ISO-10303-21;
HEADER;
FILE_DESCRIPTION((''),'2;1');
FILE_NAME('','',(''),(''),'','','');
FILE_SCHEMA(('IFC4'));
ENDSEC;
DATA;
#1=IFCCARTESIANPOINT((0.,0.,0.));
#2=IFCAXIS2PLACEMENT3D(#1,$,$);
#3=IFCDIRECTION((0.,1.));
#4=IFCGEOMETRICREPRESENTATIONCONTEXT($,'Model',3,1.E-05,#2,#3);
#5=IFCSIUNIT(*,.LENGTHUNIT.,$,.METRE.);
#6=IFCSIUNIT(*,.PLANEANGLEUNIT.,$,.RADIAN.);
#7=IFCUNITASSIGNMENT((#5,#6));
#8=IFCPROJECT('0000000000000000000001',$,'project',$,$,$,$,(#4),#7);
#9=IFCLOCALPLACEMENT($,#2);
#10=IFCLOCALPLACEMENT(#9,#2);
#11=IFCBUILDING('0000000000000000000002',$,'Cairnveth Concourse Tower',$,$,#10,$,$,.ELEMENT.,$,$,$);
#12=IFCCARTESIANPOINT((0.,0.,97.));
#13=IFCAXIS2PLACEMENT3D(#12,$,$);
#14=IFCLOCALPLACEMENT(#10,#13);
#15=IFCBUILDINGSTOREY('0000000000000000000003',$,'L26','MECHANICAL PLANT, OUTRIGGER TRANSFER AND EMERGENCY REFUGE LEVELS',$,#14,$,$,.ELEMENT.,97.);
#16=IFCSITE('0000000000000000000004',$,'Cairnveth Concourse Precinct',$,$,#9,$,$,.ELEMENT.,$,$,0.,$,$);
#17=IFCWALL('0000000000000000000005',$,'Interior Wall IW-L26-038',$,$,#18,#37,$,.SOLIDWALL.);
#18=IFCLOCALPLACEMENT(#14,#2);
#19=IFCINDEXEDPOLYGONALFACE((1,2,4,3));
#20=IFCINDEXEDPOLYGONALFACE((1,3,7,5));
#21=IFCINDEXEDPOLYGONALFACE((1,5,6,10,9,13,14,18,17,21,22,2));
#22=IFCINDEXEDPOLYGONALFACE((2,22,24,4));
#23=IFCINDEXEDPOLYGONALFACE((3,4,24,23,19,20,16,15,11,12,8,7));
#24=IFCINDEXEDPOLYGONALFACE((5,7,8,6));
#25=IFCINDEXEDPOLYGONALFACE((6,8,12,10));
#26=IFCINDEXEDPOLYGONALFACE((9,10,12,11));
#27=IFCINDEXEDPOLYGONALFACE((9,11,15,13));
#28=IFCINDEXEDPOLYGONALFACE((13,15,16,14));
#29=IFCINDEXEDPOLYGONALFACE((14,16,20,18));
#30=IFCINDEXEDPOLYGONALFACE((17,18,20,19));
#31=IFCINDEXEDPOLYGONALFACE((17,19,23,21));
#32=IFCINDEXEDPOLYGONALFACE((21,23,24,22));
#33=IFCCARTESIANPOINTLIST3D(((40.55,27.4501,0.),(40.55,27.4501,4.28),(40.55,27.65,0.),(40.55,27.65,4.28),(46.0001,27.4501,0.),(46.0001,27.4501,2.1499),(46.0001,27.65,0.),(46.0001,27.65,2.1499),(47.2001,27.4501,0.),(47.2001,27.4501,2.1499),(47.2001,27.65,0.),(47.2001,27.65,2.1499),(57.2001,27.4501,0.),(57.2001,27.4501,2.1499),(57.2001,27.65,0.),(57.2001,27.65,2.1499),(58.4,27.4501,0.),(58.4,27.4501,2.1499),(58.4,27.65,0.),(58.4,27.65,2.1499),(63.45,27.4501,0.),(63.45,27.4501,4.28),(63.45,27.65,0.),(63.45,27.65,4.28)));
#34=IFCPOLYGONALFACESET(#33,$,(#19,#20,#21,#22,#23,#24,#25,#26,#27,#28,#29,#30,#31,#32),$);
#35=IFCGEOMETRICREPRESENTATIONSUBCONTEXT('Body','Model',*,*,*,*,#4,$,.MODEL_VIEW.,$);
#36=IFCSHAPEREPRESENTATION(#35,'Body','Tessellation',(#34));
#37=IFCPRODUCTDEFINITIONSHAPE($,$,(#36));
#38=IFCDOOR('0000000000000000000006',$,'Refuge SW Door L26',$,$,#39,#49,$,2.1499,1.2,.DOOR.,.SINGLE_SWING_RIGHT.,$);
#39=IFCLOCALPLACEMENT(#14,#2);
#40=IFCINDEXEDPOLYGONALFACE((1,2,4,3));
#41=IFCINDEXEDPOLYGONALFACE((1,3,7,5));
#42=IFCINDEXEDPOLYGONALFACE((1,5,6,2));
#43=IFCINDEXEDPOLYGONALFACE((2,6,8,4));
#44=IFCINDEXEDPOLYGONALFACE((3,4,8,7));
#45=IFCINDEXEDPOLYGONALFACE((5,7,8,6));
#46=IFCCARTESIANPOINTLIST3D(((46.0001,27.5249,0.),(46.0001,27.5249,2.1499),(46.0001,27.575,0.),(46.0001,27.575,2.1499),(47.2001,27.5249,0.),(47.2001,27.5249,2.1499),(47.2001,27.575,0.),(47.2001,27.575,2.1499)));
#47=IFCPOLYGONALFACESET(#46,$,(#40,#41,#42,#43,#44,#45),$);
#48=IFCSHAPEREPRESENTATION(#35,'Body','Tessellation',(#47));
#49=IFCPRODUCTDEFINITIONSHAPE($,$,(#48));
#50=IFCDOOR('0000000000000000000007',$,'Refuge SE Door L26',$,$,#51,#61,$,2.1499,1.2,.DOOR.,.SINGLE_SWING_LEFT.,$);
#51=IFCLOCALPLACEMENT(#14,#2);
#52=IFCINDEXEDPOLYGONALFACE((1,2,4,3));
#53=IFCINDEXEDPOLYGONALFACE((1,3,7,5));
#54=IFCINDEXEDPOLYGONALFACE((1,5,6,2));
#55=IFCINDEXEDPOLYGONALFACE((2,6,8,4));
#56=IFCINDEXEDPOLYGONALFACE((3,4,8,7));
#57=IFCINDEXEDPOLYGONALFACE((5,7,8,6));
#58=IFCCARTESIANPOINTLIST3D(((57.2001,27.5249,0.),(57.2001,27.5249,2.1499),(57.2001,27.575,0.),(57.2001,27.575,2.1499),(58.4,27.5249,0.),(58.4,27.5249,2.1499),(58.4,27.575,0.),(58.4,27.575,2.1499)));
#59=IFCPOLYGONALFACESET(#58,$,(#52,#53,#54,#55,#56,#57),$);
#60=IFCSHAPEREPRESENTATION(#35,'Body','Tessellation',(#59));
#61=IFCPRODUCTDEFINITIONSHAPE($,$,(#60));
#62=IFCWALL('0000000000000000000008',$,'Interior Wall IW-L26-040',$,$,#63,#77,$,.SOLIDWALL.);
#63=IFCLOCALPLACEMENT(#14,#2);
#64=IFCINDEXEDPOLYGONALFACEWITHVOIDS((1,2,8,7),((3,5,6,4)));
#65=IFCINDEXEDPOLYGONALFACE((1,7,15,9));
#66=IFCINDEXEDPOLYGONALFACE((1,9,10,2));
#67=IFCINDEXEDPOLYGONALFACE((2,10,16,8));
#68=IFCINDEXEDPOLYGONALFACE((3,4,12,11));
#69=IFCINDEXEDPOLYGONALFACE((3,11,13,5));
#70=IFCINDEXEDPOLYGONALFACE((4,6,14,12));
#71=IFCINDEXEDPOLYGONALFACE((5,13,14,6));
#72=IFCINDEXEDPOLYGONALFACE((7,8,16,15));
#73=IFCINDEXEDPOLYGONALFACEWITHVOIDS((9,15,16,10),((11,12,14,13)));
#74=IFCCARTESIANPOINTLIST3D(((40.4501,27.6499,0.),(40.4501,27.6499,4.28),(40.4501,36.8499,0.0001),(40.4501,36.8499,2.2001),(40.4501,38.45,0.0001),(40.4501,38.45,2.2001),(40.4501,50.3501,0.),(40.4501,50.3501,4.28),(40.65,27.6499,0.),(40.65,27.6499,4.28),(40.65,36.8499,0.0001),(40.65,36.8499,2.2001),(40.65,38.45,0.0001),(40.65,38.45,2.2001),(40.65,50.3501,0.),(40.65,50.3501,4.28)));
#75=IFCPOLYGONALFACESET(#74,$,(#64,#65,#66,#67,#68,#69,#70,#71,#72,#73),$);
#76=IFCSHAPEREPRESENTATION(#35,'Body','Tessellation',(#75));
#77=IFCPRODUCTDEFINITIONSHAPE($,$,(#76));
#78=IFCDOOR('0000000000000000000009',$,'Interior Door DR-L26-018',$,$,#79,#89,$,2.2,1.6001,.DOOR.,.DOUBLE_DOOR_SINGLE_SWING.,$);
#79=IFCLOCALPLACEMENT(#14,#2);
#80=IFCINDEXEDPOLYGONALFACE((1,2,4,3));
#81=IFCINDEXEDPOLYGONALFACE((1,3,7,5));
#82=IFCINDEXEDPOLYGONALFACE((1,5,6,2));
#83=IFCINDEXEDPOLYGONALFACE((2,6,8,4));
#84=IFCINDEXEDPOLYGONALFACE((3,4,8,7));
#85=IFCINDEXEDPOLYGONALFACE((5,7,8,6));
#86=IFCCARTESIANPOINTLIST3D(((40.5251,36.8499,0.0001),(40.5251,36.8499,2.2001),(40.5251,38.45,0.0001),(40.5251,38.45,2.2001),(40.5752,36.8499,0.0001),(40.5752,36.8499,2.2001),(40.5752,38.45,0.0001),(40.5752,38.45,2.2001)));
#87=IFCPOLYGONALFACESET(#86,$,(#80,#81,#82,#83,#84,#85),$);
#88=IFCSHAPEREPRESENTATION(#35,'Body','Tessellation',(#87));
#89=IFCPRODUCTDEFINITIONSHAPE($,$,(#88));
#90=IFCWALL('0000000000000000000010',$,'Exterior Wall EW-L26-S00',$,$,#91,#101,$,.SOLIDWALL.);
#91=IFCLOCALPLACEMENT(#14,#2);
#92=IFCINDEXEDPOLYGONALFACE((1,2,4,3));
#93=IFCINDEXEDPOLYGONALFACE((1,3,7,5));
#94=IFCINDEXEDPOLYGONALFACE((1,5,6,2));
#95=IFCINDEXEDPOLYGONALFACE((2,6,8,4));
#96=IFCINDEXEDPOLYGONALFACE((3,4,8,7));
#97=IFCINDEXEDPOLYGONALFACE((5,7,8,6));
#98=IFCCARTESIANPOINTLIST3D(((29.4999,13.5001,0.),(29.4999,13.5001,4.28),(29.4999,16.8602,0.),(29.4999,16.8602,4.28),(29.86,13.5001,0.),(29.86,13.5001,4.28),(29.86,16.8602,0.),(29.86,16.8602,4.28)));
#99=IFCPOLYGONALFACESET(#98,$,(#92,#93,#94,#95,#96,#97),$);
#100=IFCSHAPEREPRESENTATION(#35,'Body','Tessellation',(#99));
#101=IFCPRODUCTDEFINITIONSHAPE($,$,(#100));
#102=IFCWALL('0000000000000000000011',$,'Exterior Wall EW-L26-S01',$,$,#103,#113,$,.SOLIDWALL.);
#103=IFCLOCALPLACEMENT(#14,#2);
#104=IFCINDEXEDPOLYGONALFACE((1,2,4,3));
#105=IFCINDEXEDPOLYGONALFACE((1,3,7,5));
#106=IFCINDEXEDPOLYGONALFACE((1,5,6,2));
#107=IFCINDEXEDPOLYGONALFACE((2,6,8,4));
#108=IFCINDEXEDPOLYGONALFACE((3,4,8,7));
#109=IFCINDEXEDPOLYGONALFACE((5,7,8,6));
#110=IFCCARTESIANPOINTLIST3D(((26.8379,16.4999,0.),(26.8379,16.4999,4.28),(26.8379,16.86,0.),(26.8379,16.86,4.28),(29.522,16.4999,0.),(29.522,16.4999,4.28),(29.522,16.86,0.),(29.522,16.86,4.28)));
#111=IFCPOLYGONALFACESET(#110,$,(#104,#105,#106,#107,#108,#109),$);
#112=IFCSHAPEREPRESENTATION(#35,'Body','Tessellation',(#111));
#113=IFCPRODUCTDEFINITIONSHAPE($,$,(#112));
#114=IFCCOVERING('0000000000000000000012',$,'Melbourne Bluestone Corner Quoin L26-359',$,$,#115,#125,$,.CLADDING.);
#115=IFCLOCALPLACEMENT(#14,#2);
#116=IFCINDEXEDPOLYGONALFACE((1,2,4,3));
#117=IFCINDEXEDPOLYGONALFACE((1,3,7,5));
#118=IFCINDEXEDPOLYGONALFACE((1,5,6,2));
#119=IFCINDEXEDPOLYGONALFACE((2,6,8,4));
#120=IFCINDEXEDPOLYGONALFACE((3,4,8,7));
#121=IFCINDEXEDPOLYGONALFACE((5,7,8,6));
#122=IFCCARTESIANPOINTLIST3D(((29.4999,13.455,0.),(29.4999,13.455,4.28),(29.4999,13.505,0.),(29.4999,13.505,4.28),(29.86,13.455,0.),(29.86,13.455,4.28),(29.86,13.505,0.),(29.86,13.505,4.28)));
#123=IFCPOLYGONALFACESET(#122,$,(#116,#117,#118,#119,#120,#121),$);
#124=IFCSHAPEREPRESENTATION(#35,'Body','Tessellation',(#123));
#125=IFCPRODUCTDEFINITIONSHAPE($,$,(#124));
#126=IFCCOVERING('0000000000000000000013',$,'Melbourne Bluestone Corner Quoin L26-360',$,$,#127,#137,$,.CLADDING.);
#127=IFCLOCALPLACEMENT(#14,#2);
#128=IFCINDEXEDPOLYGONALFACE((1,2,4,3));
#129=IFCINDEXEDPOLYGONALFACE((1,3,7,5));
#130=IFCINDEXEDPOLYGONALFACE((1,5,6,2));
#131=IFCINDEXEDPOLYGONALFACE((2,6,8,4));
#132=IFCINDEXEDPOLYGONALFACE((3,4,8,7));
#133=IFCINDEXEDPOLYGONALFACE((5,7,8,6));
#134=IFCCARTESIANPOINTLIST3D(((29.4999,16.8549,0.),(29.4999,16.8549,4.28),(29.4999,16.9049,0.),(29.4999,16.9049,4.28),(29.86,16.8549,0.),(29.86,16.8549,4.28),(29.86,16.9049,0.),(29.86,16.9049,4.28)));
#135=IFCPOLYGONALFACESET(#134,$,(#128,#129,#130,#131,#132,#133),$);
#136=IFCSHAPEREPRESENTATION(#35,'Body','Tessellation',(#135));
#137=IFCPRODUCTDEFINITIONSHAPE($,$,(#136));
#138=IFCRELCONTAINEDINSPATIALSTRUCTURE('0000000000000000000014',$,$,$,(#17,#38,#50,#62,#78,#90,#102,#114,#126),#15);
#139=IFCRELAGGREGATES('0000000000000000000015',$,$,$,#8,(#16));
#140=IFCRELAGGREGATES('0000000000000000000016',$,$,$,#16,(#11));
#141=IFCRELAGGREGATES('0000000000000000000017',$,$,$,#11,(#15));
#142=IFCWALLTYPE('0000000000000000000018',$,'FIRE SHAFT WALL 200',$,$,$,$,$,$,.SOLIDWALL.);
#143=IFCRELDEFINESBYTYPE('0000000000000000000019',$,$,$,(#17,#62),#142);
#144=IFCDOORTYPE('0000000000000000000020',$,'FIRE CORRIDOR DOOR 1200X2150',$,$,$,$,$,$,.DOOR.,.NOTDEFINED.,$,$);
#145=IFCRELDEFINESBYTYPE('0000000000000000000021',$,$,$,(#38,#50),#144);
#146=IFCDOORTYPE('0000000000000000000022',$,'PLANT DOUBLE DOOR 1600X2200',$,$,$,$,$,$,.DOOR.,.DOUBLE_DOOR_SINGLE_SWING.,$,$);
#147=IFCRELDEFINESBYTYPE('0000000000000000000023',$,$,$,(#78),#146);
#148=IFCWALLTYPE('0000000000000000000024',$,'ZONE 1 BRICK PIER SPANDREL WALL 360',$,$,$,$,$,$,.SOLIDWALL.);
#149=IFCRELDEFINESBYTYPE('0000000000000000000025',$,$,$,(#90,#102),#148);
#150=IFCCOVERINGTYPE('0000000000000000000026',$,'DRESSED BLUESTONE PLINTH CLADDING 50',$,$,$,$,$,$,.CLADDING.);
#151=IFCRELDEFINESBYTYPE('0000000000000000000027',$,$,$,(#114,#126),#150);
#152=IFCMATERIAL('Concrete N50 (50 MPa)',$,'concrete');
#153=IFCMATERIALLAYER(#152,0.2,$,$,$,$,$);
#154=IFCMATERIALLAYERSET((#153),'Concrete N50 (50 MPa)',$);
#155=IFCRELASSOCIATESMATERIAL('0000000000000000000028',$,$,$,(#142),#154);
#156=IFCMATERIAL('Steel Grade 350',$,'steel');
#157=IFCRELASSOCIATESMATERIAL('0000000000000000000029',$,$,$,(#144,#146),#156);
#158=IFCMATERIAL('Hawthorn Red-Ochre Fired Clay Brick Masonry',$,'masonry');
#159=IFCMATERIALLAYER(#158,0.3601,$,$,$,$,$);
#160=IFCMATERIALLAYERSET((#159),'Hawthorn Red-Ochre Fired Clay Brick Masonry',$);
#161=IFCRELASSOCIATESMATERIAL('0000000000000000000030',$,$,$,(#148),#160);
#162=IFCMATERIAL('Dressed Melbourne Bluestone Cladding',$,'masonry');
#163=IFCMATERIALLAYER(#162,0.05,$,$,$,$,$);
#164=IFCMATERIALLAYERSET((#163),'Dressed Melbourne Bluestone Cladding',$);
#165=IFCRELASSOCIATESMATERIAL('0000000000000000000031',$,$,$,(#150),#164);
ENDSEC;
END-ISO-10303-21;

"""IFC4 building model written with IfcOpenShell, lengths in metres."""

from ifc_helpers import new_model, si_unit, direction, frame, frame_2d, origin, place, context, subcontext, project, spatial, rectangle, extrude, material, layer, layer_set, type_object, element, fill, save


model = new_model("IFC4")

# Units and contexts
model_context = context("Model", 3, precision=1e-05, world=origin(), true_north=direction((0.0, 1.0)))
body_context = subcontext(model_context, "Body", "Model", "MODEL_VIEW")
ifc_project = project(units=[si_unit("LENGTHUNIT", "METRE"), si_unit("PLANEANGLEUNIT", "RADIAN")], contexts=[model_context])

# Site, building, storey
site_placement = place(None, origin())
site = spatial("IfcSite", under=ifc_project, at=site_placement, Name="Cairnveth Concourse Precinct", CompositionType="ELEMENT", RefElevation=0.0)
building_placement = place(site_placement, origin())
building = spatial("IfcBuilding", under=site, at=building_placement, Name="Cairnveth Concourse Tower", CompositionType="ELEMENT")
storey_placement = place(building_placement, frame((0.0, 0.0, 97.0)))
storey = spatial("IfcBuildingStorey", under=building, at=storey_placement, Name="L26", Description="MECHANICAL PLANT, OUTRIGGER TRANSFER AND EMERGENCY REFUGE LEVELS", CompositionType="ELEMENT", Elevation=97.0)

# Shared definitions
ifc_material_1 = material(Name="Steel Grade 350", Category="steel")

# Wall, openings, doors
ifc_material_2 = material(Name="Concrete N50 (50 MPa)", Category="concrete")
ifc_layer_1 = layer(ifc_material_2, 0.2)
ifc_layer_set_1 = layer_set([ifc_layer_1], Name="Concrete N50 (50 MPa)")
wall_type_1 = type_object("IfcWallType", Name="FIRE SHAFT WALL 200", PredefinedType="SOLIDWALL", material=ifc_layer_set_1)
wall_1_placement = place(storey_placement, frame((40.55, 27.55, 0.0), z_axis=(0.0, 0.0, 1.0), x_axis=(1.0, 0.0, 0.0)))
wall_1 = element("IfcWall", 1, at=wall_1_placement, inside=storey, type_object=wall_type_1, Name="Interior Wall IW-L26-038", PredefinedType="SOLIDWALL", context=body_context, shape_type="SweptSolid", body=[
    extrude(rectangle(XDim=22.8999, YDim=0.2, at=frame_2d((11.45, 0.0))), origin(), (0.0, 0.0, 1.0), 4.28),
])
opening_1_placement = place(wall_1_placement, frame((5.45, 0.0, 0.0)))
opening_1 = element("IfcOpeningElement", 2, at=opening_1_placement, cuts=wall_1, PredefinedType="OPENING", context=body_context, shape_type="SweptSolid", body=[
    extrude(rectangle(XDim=1.2, YDim=2.1499, at=frame_2d((0.6001, 1.075))), frame((0.0, 0.1099, 0.0), z_axis=(0.0, -1.0, 0.0), x_axis=(1.0, 0.0, 0.0)), (0.0, 0.0, 1.0), 0.22),
])
opening_2_placement = place(wall_1_placement, frame((16.6499, 0.0, 0.0)))
opening_2 = element("IfcOpeningElement", 3, at=opening_2_placement, cuts=wall_1, PredefinedType="OPENING", context=body_context, shape_type="SweptSolid", body=[
    extrude(rectangle(XDim=1.2, YDim=2.1499, at=frame_2d((0.6001, 1.075))), frame((0.0, 0.1099, 0.0), z_axis=(0.0, -1.0, 0.0), x_axis=(1.0, 0.0, 0.0)), (0.0, 0.0, 1.0), 0.22),
])
door_type_1 = type_object("IfcDoorType", Name="FIRE CORRIDOR DOOR 1200X2150", OperationType="NOTDEFINED", PredefinedType="DOOR", material=ifc_material_1)
door_1_placement = place(opening_1_placement, origin())
door_1 = element("IfcDoor", 4, at=door_1_placement, inside=storey, type_object=door_type_1, Name="Refuge SW Door L26", OperationType="SINGLE_SWING_RIGHT", OverallHeight=2.1499, OverallWidth=1.2, PredefinedType="DOOR", context=body_context, shape_type="SweptSolid", body=[
    extrude(rectangle(XDim=1.2, YDim=2.1499, at=frame_2d((0.6001, 1.075))), frame((0.0, 0.0249, 0.0), z_axis=(0.0, -1.0, 0.0), x_axis=(1.0, 0.0, 0.0)), (0.0, 0.0, 1.0), 0.05),
])
fill(opening_1, door_1)
door_2_placement = place(opening_2_placement, origin())
door_2 = element("IfcDoor", 5, at=door_2_placement, inside=storey, type_object=door_type_1, Name="Refuge SE Door L26", OperationType="SINGLE_SWING_LEFT", OverallHeight=2.1499, OverallWidth=1.2, PredefinedType="DOOR", context=body_context, shape_type="SweptSolid", body=[
    extrude(rectangle(XDim=1.2, YDim=2.1499, at=frame_2d((0.6001, 1.075))), frame((0.0, 0.0249, 0.0), z_axis=(0.0, -1.0, 0.0), x_axis=(1.0, 0.0, 0.0)), (0.0, 0.0, 1.0), 0.05),
])
fill(opening_2, door_2)

# Wall, opening, door
wall_2_placement = place(storey_placement, frame((40.55, 27.6499, 0.0), z_axis=(0.0, 0.0, 1.0), x_axis=(0.0, 1.0, 0.0)))
wall_2 = element("IfcWall", 6, at=wall_2_placement, inside=storey, type_object=wall_type_1, Name="Interior Wall IW-L26-040", PredefinedType="SOLIDWALL", context=body_context, shape_type="SweptSolid", body=[
    extrude(rectangle(XDim=22.7002, YDim=0.2, at=frame_2d((11.3501, 0.0))), origin(), (0.0, 0.0, 1.0), 4.28),
])
opening_3_placement = place(wall_2_placement, frame((9.2, 0.0, 0.0)))
opening_3 = element("IfcOpeningElement", 7, at=opening_3_placement, cuts=wall_2, PredefinedType="OPENING", context=body_context, shape_type="SweptSolid", body=[
    extrude(rectangle(XDim=1.6001, YDim=2.2, at=frame_2d((0.8, 1.1001))), frame((0.0, 0.1099, 0.0), z_axis=(0.0, -1.0, 0.0), x_axis=(1.0, 0.0, 0.0)), (0.0, 0.0, 1.0), 0.22),
])
door_type_2 = type_object("IfcDoorType", Name="PLANT DOUBLE DOOR 1600X2200", OperationType="DOUBLE_DOOR_SINGLE_SWING", PredefinedType="DOOR", material=ifc_material_1)
door_3_placement = place(opening_3_placement, origin())
door_3 = element("IfcDoor", 8, at=door_3_placement, inside=storey, type_object=door_type_2, Name="Interior Door DR-L26-018", OperationType="DOUBLE_DOOR_SINGLE_SWING", OverallHeight=2.2, OverallWidth=1.6001, PredefinedType="DOOR", context=body_context, shape_type="SweptSolid", body=[
    extrude(rectangle(XDim=1.6001, YDim=2.2, at=frame_2d((0.8, 1.1001))), frame((0.0, 0.0249, 0.0), z_axis=(0.0, -1.0, 0.0), x_axis=(1.0, 0.0, 0.0)), (0.0, 0.0, 1.0), 0.05),
])
fill(opening_3, door_3)

# Walls
ifc_material_3 = material(Name="Hawthorn Red-Ochre Fired Clay Brick Masonry", Category="masonry")
ifc_layer_2 = layer(ifc_material_3, 0.3601)
ifc_layer_set_2 = layer_set([ifc_layer_2], Name="Hawthorn Red-Ochre Fired Clay Brick Masonry")
wall_type_2 = type_object("IfcWallType", Name="ZONE 1 BRICK PIER SPANDREL WALL 360", PredefinedType="SOLIDWALL", material=ifc_layer_set_2)
wall_3_placement = place(storey_placement, frame((29.6799, 13.5, 0.0), z_axis=(0.0, 0.0, 1.0), x_axis=(0.0, 1.0, 0.0)))
element("IfcWall", 9, at=wall_3_placement, inside=storey, type_object=wall_type_2, Name="Exterior Wall EW-L26-S00", PredefinedType="SOLIDWALL", context=body_context, shape_type="SweptSolid", body=[
    extrude(rectangle(XDim=3.3601, YDim=0.3601, at=frame_2d((1.6802, 0.0))), origin(), (0.0, 0.0, 1.0), 4.28),
])
wall_4_placement = place(storey_placement, frame((29.522, 16.6799, 0.0), z_axis=(0.0, 0.0, 1.0), x_axis=(-1.0, 0.0, 0.0)))
element("IfcWall", 10, at=wall_4_placement, inside=storey, type_object=wall_type_2, Name="Exterior Wall EW-L26-S01", PredefinedType="SOLIDWALL", context=body_context, shape_type="SweptSolid", body=[
    extrude(rectangle(XDim=2.6841, YDim=0.3601, at=frame_2d((1.342, 0.0))), origin(), (0.0, 0.0, 1.0), 4.28),
])

# Coverings
ifc_material_4 = material(Name="Dressed Melbourne Bluestone Cladding", Category="masonry")
ifc_layer_3 = layer(ifc_material_4, 0.05)
ifc_layer_set_3 = layer_set([ifc_layer_3], Name="Dressed Melbourne Bluestone Cladding")
covering_type = type_object("IfcCoveringType", Name="DRESSED BLUESTONE PLINTH CLADDING 50", PredefinedType="CLADDING", material=ifc_layer_set_3)
for number, where, z_axis, x_axis, name in (
    (11, (29.8601, 13.48, 0.0), (0.0, 0.0, 1.0), (-1.0, 0.0, 0.0), "Melbourne Bluestone Corner Quoin L26-359"),
    (12, (29.8601, 16.8799, 0.0), (0.0, 0.0, 1.0), (-1.0, 0.0, 0.0), "Melbourne Bluestone Corner Quoin L26-360"),
):
    element("IfcCovering", number, at=place(storey_placement, frame(where, z_axis=z_axis, x_axis=x_axis)), inside=storey, type_object=covering_type, Name=name, PredefinedType="CLADDING", context=body_context, shape_type="SweptSolid", body=[
        extrude(rectangle(XDim=0.3601, YDim=0.05, at=frame_2d((0.1802, 0.0))), origin(), (0.0, 0.0, 1.0), 4.28),
    ])

save(model, "model.ifc")
